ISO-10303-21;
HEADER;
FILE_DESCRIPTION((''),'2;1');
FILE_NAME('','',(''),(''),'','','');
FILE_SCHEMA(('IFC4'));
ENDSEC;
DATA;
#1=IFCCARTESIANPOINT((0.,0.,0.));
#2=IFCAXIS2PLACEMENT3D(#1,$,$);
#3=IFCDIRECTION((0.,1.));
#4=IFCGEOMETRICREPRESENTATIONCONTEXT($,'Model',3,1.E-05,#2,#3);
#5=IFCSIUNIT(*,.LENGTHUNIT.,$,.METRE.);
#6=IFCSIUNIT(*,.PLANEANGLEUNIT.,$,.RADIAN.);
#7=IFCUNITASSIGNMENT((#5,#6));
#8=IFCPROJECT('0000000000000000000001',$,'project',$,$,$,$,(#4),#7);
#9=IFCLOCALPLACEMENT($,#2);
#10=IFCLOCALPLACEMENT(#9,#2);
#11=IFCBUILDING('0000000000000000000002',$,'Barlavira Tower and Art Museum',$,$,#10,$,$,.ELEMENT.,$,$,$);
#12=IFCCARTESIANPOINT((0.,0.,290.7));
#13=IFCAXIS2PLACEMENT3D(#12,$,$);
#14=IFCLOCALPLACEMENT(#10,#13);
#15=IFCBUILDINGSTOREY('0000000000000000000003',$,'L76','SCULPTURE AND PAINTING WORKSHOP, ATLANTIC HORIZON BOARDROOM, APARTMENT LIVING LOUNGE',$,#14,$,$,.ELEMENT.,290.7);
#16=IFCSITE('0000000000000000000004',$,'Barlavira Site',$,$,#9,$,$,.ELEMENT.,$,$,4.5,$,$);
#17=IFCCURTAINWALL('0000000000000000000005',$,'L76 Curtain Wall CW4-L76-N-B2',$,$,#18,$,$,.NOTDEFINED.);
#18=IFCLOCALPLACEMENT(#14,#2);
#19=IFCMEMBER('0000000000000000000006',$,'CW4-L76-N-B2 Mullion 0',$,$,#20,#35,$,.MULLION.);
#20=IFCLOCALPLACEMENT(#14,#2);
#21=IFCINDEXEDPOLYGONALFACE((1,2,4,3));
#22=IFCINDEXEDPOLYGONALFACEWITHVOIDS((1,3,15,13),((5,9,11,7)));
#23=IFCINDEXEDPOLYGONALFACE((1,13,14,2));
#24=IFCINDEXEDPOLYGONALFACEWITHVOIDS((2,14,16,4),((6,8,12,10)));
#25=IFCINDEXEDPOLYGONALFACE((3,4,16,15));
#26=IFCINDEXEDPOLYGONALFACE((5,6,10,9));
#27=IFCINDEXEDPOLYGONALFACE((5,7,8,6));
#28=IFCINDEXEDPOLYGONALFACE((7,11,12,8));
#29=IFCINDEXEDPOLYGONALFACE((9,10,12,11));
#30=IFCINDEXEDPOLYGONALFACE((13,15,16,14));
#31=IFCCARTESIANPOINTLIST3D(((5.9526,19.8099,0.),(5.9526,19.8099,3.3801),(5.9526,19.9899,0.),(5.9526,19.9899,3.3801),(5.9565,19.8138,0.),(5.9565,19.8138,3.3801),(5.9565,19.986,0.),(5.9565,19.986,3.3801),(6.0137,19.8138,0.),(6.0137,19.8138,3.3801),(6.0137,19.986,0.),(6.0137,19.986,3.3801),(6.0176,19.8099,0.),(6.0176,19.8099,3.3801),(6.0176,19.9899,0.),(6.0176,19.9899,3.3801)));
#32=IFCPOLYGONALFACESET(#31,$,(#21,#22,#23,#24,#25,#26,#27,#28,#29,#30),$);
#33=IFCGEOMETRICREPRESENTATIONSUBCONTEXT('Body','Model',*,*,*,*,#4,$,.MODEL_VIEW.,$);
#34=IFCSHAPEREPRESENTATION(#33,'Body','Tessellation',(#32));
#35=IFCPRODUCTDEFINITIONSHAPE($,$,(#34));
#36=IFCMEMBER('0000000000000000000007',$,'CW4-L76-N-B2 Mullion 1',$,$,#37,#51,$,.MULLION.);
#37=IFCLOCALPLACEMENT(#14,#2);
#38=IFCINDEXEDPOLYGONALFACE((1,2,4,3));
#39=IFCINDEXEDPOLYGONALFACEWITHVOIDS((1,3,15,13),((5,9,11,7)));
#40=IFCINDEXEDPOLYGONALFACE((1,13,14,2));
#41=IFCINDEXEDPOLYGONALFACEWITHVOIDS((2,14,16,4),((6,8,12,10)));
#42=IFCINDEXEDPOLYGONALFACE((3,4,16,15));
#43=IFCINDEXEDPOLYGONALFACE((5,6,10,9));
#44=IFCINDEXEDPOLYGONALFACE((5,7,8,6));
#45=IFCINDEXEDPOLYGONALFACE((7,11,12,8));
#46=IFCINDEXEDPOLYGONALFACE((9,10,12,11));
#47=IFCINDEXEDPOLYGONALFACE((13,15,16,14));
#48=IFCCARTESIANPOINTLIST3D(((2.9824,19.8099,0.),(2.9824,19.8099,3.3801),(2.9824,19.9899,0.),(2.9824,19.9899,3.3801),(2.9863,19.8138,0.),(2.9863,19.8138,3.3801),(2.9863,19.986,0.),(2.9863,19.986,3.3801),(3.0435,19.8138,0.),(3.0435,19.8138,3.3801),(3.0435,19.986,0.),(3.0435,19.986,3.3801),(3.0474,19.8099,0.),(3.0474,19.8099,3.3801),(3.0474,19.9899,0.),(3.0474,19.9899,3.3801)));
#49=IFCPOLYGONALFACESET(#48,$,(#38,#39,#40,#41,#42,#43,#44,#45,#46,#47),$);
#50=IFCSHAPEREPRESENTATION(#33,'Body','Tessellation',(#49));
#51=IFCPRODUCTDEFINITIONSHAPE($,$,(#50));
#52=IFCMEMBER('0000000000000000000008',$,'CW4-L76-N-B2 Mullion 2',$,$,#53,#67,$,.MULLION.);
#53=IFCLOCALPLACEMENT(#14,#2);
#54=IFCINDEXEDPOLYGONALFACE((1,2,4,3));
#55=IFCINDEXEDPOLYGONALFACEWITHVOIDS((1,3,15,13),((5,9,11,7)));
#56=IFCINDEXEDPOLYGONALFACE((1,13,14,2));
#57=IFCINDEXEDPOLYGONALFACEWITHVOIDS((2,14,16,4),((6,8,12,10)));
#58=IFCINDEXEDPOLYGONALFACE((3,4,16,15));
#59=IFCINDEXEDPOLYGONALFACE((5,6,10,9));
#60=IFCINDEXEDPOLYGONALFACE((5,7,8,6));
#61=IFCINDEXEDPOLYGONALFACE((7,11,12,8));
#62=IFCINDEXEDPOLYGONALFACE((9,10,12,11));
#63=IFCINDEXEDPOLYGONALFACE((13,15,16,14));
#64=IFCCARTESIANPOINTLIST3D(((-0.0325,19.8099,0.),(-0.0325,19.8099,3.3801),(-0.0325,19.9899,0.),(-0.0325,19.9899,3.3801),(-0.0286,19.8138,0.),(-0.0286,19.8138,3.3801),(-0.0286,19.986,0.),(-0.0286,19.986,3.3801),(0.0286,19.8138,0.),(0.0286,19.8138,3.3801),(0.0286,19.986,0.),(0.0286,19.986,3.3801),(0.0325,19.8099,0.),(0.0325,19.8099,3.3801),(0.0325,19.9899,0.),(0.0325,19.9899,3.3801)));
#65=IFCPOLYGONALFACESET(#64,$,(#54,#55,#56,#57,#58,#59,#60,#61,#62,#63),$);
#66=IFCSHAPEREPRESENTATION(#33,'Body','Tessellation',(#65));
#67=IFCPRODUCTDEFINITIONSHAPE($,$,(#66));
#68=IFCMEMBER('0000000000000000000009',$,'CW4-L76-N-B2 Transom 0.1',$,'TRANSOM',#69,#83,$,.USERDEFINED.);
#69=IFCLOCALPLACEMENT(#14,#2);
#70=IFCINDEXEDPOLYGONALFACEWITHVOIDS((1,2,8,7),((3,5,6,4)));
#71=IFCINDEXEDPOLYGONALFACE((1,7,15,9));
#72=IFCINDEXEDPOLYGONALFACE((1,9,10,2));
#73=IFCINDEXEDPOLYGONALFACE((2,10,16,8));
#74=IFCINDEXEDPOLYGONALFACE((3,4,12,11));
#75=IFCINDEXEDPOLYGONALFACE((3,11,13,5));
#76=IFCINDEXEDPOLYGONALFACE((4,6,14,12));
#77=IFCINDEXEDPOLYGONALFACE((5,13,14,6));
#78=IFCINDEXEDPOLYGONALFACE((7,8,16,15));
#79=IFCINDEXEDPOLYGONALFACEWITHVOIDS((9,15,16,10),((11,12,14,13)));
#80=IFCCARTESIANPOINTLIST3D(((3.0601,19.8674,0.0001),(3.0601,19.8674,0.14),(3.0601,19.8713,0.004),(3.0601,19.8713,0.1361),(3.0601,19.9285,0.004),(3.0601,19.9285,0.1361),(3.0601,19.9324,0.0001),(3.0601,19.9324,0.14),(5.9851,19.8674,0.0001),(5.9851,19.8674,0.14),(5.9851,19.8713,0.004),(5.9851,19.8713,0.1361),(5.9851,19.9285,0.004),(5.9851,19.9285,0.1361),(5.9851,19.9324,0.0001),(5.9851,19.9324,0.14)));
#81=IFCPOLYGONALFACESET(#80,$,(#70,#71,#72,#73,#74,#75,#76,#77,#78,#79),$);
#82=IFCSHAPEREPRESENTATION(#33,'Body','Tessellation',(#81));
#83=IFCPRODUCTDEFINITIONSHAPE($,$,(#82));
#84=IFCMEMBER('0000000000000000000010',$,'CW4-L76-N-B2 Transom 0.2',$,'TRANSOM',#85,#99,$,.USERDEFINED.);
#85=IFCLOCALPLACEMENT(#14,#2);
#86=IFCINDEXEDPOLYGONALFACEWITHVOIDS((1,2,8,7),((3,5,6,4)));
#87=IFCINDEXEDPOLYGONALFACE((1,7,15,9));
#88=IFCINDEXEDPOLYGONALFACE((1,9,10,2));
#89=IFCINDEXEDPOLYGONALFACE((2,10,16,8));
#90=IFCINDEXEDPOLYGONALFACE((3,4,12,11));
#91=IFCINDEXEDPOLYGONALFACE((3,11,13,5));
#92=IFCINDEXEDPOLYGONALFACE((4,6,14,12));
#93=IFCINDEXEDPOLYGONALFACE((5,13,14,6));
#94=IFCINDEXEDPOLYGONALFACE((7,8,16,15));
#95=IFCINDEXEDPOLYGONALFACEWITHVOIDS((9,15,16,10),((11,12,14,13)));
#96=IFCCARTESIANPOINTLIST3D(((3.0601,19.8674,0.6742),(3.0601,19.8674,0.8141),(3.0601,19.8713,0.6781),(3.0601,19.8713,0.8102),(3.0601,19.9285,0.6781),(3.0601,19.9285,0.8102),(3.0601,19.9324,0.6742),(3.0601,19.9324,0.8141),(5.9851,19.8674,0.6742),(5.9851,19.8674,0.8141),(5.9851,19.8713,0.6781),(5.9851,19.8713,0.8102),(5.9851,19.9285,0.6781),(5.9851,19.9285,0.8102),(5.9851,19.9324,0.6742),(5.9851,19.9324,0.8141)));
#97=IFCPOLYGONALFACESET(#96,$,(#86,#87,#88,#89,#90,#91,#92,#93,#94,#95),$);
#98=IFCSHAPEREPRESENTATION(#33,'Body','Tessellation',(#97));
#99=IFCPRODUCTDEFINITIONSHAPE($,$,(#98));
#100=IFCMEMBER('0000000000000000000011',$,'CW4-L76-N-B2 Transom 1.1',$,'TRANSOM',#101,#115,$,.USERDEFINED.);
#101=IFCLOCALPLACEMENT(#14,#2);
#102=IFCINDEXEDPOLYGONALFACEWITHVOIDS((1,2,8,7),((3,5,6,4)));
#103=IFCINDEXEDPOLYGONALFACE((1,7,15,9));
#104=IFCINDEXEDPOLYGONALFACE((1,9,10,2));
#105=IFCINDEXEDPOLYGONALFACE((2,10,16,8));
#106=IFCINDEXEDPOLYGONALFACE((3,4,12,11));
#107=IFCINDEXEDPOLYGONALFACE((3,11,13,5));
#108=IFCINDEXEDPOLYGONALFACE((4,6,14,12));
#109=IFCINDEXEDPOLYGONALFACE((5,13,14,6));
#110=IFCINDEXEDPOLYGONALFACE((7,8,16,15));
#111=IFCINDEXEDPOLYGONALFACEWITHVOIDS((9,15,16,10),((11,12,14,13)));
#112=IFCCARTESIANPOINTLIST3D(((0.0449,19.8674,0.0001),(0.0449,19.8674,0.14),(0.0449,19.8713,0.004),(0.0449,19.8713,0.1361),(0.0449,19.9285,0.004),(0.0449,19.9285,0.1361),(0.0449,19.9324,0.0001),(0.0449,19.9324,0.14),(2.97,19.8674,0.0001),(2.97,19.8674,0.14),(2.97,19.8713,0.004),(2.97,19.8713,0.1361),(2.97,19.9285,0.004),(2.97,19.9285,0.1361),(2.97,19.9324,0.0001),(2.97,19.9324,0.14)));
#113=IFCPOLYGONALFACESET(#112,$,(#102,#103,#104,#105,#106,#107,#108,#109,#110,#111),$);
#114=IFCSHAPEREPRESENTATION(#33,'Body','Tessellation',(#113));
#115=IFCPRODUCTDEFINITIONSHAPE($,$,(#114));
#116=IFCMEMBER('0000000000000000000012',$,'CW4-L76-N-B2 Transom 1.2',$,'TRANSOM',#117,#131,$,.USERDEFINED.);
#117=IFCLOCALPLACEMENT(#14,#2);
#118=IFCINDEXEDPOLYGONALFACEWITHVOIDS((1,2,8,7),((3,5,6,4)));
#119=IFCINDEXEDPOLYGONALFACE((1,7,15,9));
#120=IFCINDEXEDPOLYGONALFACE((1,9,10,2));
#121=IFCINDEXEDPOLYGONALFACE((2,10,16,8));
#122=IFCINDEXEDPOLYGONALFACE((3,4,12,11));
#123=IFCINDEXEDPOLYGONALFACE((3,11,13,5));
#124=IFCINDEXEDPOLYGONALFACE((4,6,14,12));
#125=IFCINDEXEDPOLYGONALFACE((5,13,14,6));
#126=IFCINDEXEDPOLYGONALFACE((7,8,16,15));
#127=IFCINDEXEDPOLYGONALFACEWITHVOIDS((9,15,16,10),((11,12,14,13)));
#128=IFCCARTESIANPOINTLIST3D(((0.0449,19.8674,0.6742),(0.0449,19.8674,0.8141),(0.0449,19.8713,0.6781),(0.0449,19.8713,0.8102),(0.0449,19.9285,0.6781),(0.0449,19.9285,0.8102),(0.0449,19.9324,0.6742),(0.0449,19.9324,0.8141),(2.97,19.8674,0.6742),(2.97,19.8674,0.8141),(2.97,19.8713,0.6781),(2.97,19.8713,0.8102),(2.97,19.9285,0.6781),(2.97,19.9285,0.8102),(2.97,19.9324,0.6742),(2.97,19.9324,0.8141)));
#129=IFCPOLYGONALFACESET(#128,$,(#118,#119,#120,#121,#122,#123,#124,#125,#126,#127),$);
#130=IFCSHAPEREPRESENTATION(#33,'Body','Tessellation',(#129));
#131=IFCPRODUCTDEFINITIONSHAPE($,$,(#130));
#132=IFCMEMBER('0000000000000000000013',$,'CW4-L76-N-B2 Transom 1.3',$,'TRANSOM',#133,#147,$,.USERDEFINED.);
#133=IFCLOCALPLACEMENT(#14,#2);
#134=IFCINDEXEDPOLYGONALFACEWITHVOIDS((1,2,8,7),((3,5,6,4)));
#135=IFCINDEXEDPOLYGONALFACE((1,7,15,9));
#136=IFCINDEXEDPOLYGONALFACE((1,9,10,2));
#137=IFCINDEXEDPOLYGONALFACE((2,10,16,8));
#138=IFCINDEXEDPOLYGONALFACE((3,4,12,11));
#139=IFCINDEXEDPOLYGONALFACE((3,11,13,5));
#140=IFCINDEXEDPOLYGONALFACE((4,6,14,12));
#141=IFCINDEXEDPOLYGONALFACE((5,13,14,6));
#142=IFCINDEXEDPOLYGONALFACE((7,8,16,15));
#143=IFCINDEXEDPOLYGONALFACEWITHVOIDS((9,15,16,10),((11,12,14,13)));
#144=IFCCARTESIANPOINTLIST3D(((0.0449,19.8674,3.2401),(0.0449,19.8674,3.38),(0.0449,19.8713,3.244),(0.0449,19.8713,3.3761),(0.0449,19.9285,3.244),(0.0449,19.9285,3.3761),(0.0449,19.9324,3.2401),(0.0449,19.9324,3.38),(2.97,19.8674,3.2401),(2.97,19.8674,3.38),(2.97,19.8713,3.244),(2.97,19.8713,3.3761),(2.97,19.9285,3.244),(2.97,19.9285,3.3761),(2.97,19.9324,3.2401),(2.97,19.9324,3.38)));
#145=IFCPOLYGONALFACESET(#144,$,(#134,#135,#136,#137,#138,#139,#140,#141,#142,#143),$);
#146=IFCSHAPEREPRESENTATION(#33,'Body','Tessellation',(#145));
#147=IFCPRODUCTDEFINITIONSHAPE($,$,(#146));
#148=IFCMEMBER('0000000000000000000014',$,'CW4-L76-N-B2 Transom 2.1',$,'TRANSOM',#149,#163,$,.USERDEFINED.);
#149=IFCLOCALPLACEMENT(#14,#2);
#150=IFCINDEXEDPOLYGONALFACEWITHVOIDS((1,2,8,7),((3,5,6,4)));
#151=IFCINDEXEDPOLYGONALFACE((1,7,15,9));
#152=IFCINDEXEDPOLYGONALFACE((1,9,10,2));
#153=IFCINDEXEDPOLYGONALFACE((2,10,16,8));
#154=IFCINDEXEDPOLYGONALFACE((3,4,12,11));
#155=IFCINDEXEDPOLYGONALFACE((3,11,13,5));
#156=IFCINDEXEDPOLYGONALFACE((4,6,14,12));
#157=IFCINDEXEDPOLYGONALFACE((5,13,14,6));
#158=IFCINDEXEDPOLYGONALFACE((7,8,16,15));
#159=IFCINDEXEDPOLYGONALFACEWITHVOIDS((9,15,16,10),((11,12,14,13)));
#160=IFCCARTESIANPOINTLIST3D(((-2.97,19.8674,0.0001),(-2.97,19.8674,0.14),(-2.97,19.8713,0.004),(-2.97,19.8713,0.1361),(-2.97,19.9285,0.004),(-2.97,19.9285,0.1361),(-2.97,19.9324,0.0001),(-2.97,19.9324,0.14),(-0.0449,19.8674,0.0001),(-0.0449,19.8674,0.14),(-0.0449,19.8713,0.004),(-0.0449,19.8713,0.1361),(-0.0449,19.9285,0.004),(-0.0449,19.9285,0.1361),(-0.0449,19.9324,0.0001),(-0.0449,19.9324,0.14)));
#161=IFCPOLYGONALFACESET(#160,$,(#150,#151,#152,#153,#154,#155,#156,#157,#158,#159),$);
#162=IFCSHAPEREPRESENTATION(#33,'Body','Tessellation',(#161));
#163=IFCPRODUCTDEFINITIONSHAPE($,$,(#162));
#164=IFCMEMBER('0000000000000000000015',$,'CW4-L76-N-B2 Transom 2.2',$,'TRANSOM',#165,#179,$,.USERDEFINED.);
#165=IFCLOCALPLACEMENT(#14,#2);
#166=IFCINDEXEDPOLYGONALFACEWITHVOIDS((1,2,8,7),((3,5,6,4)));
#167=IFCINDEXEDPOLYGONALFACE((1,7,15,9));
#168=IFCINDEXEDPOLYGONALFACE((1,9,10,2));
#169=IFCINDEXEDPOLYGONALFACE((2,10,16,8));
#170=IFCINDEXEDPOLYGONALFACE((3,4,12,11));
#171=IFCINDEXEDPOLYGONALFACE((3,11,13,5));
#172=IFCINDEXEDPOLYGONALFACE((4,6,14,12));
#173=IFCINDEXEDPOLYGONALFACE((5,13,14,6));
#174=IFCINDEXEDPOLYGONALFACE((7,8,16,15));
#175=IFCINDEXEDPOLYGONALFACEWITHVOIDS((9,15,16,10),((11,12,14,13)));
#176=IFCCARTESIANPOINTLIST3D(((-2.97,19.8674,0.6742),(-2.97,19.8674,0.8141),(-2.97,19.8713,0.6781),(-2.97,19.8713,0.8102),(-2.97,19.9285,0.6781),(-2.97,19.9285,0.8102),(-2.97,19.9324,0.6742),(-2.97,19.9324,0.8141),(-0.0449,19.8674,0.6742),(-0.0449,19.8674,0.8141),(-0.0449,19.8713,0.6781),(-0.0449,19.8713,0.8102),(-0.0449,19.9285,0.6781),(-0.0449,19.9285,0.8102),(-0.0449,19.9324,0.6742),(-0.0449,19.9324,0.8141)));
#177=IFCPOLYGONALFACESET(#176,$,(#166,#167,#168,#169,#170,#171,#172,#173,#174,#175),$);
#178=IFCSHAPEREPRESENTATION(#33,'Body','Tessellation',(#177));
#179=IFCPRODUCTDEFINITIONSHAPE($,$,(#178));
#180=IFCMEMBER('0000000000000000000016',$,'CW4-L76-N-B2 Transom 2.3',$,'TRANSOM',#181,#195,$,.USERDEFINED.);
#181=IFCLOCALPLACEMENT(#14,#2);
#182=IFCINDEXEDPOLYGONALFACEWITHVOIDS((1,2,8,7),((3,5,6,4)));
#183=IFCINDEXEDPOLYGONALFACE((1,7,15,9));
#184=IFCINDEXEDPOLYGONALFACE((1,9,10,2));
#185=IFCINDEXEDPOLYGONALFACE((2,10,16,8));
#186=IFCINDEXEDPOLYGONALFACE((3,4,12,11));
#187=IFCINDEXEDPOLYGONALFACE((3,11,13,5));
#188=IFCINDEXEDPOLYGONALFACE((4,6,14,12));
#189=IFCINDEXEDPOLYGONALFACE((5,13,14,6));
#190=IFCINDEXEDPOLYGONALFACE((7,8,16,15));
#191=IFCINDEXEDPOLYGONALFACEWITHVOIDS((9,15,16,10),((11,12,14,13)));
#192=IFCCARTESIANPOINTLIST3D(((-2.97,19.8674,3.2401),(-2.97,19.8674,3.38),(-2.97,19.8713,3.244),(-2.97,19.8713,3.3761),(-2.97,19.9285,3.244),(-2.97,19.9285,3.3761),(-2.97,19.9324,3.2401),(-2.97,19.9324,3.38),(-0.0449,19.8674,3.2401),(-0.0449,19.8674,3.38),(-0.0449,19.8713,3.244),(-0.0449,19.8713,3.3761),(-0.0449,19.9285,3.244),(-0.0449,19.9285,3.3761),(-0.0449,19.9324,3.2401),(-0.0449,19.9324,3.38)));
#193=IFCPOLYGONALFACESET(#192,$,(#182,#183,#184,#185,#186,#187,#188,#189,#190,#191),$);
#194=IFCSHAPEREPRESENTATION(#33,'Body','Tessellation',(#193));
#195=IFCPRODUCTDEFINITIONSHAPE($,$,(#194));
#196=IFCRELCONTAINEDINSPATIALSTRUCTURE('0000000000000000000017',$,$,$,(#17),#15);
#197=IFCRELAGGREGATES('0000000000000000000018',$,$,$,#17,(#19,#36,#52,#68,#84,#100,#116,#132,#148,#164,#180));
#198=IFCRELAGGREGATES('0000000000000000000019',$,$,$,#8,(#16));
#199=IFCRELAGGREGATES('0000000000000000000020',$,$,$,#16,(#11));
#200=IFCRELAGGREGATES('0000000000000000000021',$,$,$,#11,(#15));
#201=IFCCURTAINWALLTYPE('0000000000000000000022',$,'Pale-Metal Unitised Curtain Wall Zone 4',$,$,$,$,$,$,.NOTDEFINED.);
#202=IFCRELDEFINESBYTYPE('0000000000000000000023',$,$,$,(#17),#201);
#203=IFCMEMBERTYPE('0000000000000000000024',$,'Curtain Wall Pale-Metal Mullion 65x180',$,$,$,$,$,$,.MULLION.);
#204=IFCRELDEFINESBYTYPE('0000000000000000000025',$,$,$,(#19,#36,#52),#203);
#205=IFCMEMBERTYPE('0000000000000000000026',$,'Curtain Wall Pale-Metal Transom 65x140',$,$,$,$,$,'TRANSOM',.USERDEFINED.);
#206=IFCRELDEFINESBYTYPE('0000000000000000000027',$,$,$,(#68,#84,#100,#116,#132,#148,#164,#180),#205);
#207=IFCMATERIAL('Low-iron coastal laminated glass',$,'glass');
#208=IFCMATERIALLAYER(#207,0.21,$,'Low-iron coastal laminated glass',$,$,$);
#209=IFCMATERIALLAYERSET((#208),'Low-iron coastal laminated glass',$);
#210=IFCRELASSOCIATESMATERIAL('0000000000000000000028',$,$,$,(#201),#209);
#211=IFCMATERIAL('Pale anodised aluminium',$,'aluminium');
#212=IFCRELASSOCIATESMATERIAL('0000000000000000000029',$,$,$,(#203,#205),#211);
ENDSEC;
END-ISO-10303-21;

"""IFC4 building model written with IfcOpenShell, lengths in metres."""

from ifc_helpers import new_model, si_unit, direction, frame, origin, origin_2d, place, context, subcontext, project, spatial, hollow_rectangle, extrude, material, layer, layer_set, material_profile, profile_set, type_object, element, aggregate, save


model = new_model("IFC4")

# Units and contexts
model_context = context("Model", 3, precision=1e-05, world=origin(), true_north=direction((0.0, 1.0)))
body_context = subcontext(model_context, "Body", "Model", "MODEL_VIEW")
ifc_project = project(units=[si_unit("LENGTHUNIT", "METRE"), si_unit("PLANEANGLEUNIT", "RADIAN")], contexts=[model_context])

# Site, building, storey
site_placement = place(None, origin())
site = spatial("IfcSite", under=ifc_project, at=site_placement, Name="Barlavira Site", CompositionType="ELEMENT", RefElevation=4.5)
building_placement = place(site_placement, origin())
building = spatial("IfcBuilding", under=site, at=building_placement, Name="Barlavira Tower and Art Museum", CompositionType="ELEMENT")
storey_placement = place(building_placement, frame((0.0, 0.0, 290.7)))
storey = spatial("IfcBuildingStorey", under=building, at=storey_placement, Name="L76", Description="SCULPTURE AND PAINTING WORKSHOP, ATLANTIC HORIZON BOARDROOM, APARTMENT LIVING LOUNGE", CompositionType="ELEMENT", Elevation=290.7)

# Curtain wall, members
ifc_material_1 = material(Name="Low-iron coastal laminated glass", Category="glass")
ifc_layer_1 = layer(ifc_material_1, 0.21, Name="Low-iron coastal laminated glass")
ifc_layer_set_1 = layer_set([ifc_layer_1], Name="Low-iron coastal laminated glass")
curtain_wall_type = type_object("IfcCurtainWallType", Name="Pale-Metal Unitised Curtain Wall Zone 4", PredefinedType="NOTDEFINED", material=ifc_layer_set_1)
curtain_wall_placement = place(storey_placement, origin())
curtain_wall = element("IfcCurtainWall", 1, at=curtain_wall_placement, inside=storey, type_object=curtain_wall_type, Name="L76 Curtain Wall CW4-L76-N-B2", PredefinedType="NOTDEFINED")
ifc_material_2 = material(Name="Pale anodised aluminium", Category="aluminium")
ifc_material_profile_1 = material_profile(ifc_material_2, hollow_rectangle(XDim=0.0649, YDim=0.1799, WallThickness=0.0039, at=origin_2d()), Name="ALU-MULL 65x180x4")
ifc_profile_set_1 = profile_set([ifc_material_profile_1], Name="Pale anodised aluminium")
member_type_1 = type_object("IfcMemberType", Name="Curtain Wall Pale-Metal Mullion 65x180", PredefinedType="MULLION", material=ifc_profile_set_1)
member_1_placement = place(storey_placement, frame((5.9851, 19.8999, 0.0), z_axis=(0.0, 0.0, 1.0), x_axis=(-1.0, 0.0, 0.0)))
member_1 = element("IfcMember", 2, at=member_1_placement, type_object=member_type_1, Name="CW4-L76-N-B2 Mullion 0", PredefinedType="MULLION", context=body_context, shape_type="SweptSolid", body=[
    extrude(hollow_rectangle(XDim=0.0649, YDim=0.1799, WallThickness=0.0039, at=origin_2d()), origin(), (0.0, 0.0, 1.0), 3.3801),
])
member_2_placement = place(storey_placement, frame((3.0149, 19.8999, 0.0), z_axis=(0.0, 0.0, 1.0), x_axis=(-1.0, 0.0, 0.0)))
member_2 = element("IfcMember", 3, at=member_2_placement, type_object=member_type_1, Name="CW4-L76-N-B2 Mullion 1", PredefinedType="MULLION", context=body_context, shape_type="SweptSolid", body=[
    extrude(hollow_rectangle(XDim=0.0649, YDim=0.1799, WallThickness=0.0039, at=origin_2d()), origin(), (0.0, 0.0, 1.0), 3.3801),
])
member_3_placement = place(storey_placement, frame((0.0, 19.8999, 0.0), z_axis=(0.0, 0.0, 1.0), x_axis=(-1.0, 0.0, 0.0)))
member_3 = element("IfcMember", 4, at=member_3_placement, type_object=member_type_1, Name="CW4-L76-N-B2 Mullion 2", PredefinedType="MULLION", context=body_context, shape_type="SweptSolid", body=[
    extrude(hollow_rectangle(XDim=0.0649, YDim=0.1799, WallThickness=0.0039, at=origin_2d()), origin(), (0.0, 0.0, 1.0), 3.3801),
])
ifc_material_profile_2 = material_profile(ifc_material_2, hollow_rectangle(XDim=0.0649, YDim=0.1399, WallThickness=0.0039, at=origin_2d()), Name="ALU-TRAN 65x140x4")
ifc_profile_set_2 = profile_set([ifc_material_profile_2], Name="Pale anodised aluminium")
member_type_2 = type_object("IfcMemberType", Name="Curtain Wall Pale-Metal Transom 65x140", ElementType="TRANSOM", PredefinedType="USERDEFINED", material=ifc_profile_set_2)
member_4_placement = place(storey_placement, frame((5.9851, 19.8999, 0.0701), z_axis=(-1.0, 0.0, 0.0), x_axis=(0.0, -1.0, 0.0)))
member_4 = element("IfcMember", 5, at=member_4_placement, type_object=member_type_2, Name="CW4-L76-N-B2 Transom 0.1", ObjectType="TRANSOM", PredefinedType="USERDEFINED", context=body_context, shape_type="SweptSolid", body=[
    extrude(hollow_rectangle(XDim=0.0649, YDim=0.1399, WallThickness=0.0039, at=origin_2d()), origin(), (0.0, 0.0, 1.0), 2.925),
])
member_5_placement = place(storey_placement, frame((5.9851, 19.8999, 0.7441), z_axis=(-1.0, 0.0, 0.0), x_axis=(0.0, -1.0, 0.0)))
member_5 = element("IfcMember", 6, at=member_5_placement, type_object=member_type_2, Name="CW4-L76-N-B2 Transom 0.2", ObjectType="TRANSOM", PredefinedType="USERDEFINED", context=body_context, shape_type="SweptSolid", body=[
    extrude(hollow_rectangle(XDim=0.0649, YDim=0.1399, WallThickness=0.0039, at=origin_2d()), origin(), (0.0, 0.0, 1.0), 2.925),
])
member_6_placement = place(storey_placement, frame((2.97, 19.8999, 0.0701), z_axis=(-1.0, 0.0, 0.0), x_axis=(0.0, -1.0, 0.0)))
member_6 = element("IfcMember", 7, at=member_6_placement, type_object=member_type_2, Name="CW4-L76-N-B2 Transom 1.1", ObjectType="TRANSOM", PredefinedType="USERDEFINED", context=body_context, shape_type="SweptSolid", body=[
    extrude(hollow_rectangle(XDim=0.0649, YDim=0.1399, WallThickness=0.0039, at=origin_2d()), origin(), (0.0, 0.0, 1.0), 2.925),
])
member_7_placement = place(storey_placement, frame((2.97, 19.8999, 0.7441), z_axis=(-1.0, 0.0, 0.0), x_axis=(0.0, -1.0, 0.0)))
member_7 = element("IfcMember", 8, at=member_7_placement, type_object=member_type_2, Name="CW4-L76-N-B2 Transom 1.2", ObjectType="TRANSOM", PredefinedType="USERDEFINED", context=body_context, shape_type="SweptSolid", body=[
    extrude(hollow_rectangle(XDim=0.0649, YDim=0.1399, WallThickness=0.0039, at=origin_2d()), origin(), (0.0, 0.0, 1.0), 2.925),
])
member_8_placement = place(storey_placement, frame((2.97, 19.8999, 3.3101), z_axis=(-1.0, 0.0, 0.0), x_axis=(0.0, -1.0, 0.0)))
member_8 = element("IfcMember", 9, at=member_8_placement, type_object=member_type_2, Name="CW4-L76-N-B2 Transom 1.3", ObjectType="TRANSOM", PredefinedType="USERDEFINED", context=body_context, shape_type="SweptSolid", body=[
    extrude(hollow_rectangle(XDim=0.0649, YDim=0.1399, WallThickness=0.0039, at=origin_2d()), origin(), (0.0, 0.0, 1.0), 2.925),
])
member_9_placement = place(storey_placement, frame((-0.0449, 19.8999, 0.0701), z_axis=(-1.0, 0.0, 0.0), x_axis=(0.0, -1.0, 0.0)))
member_9 = element("IfcMember", 10, at=member_9_placement, type_object=member_type_2, Name="CW4-L76-N-B2 Transom 2.1", ObjectType="TRANSOM", PredefinedType="USERDEFINED", context=body_context, shape_type="SweptSolid", body=[
    extrude(hollow_rectangle(XDim=0.0649, YDim=0.1399, WallThickness=0.0039, at=origin_2d()), origin(), (0.0, 0.0, 1.0), 2.925),
])
member_10_placement = place(storey_placement, frame((-0.0449, 19.8999, 0.7441), z_axis=(-1.0, 0.0, 0.0), x_axis=(0.0, -1.0, 0.0)))
member_10 = element("IfcMember", 11, at=member_10_placement, type_object=member_type_2, Name="CW4-L76-N-B2 Transom 2.2", ObjectType="TRANSOM", PredefinedType="USERDEFINED", context=body_context, shape_type="SweptSolid", body=[
    extrude(hollow_rectangle(XDim=0.0649, YDim=0.1399, WallThickness=0.0039, at=origin_2d()), origin(), (0.0, 0.0, 1.0), 2.925),
])
member_11_placement = place(storey_placement, frame((-0.0449, 19.8999, 3.3101), z_axis=(-1.0, 0.0, 0.0), x_axis=(0.0, -1.0, 0.0)))
member_11 = element("IfcMember", 12, at=member_11_placement, type_object=member_type_2, Name="CW4-L76-N-B2 Transom 2.3", ObjectType="TRANSOM", PredefinedType="USERDEFINED", context=body_context, shape_type="SweptSolid", body=[
    extrude(hollow_rectangle(XDim=0.0649, YDim=0.1399, WallThickness=0.0039, at=origin_2d()), origin(), (0.0, 0.0, 1.0), 2.925),
])

aggregate(curtain_wall, [member_1, member_2, member_3, member_4, member_5, member_6, member_7, member_8, member_9, member_10, member_11])

save(model, "model.ifc")
